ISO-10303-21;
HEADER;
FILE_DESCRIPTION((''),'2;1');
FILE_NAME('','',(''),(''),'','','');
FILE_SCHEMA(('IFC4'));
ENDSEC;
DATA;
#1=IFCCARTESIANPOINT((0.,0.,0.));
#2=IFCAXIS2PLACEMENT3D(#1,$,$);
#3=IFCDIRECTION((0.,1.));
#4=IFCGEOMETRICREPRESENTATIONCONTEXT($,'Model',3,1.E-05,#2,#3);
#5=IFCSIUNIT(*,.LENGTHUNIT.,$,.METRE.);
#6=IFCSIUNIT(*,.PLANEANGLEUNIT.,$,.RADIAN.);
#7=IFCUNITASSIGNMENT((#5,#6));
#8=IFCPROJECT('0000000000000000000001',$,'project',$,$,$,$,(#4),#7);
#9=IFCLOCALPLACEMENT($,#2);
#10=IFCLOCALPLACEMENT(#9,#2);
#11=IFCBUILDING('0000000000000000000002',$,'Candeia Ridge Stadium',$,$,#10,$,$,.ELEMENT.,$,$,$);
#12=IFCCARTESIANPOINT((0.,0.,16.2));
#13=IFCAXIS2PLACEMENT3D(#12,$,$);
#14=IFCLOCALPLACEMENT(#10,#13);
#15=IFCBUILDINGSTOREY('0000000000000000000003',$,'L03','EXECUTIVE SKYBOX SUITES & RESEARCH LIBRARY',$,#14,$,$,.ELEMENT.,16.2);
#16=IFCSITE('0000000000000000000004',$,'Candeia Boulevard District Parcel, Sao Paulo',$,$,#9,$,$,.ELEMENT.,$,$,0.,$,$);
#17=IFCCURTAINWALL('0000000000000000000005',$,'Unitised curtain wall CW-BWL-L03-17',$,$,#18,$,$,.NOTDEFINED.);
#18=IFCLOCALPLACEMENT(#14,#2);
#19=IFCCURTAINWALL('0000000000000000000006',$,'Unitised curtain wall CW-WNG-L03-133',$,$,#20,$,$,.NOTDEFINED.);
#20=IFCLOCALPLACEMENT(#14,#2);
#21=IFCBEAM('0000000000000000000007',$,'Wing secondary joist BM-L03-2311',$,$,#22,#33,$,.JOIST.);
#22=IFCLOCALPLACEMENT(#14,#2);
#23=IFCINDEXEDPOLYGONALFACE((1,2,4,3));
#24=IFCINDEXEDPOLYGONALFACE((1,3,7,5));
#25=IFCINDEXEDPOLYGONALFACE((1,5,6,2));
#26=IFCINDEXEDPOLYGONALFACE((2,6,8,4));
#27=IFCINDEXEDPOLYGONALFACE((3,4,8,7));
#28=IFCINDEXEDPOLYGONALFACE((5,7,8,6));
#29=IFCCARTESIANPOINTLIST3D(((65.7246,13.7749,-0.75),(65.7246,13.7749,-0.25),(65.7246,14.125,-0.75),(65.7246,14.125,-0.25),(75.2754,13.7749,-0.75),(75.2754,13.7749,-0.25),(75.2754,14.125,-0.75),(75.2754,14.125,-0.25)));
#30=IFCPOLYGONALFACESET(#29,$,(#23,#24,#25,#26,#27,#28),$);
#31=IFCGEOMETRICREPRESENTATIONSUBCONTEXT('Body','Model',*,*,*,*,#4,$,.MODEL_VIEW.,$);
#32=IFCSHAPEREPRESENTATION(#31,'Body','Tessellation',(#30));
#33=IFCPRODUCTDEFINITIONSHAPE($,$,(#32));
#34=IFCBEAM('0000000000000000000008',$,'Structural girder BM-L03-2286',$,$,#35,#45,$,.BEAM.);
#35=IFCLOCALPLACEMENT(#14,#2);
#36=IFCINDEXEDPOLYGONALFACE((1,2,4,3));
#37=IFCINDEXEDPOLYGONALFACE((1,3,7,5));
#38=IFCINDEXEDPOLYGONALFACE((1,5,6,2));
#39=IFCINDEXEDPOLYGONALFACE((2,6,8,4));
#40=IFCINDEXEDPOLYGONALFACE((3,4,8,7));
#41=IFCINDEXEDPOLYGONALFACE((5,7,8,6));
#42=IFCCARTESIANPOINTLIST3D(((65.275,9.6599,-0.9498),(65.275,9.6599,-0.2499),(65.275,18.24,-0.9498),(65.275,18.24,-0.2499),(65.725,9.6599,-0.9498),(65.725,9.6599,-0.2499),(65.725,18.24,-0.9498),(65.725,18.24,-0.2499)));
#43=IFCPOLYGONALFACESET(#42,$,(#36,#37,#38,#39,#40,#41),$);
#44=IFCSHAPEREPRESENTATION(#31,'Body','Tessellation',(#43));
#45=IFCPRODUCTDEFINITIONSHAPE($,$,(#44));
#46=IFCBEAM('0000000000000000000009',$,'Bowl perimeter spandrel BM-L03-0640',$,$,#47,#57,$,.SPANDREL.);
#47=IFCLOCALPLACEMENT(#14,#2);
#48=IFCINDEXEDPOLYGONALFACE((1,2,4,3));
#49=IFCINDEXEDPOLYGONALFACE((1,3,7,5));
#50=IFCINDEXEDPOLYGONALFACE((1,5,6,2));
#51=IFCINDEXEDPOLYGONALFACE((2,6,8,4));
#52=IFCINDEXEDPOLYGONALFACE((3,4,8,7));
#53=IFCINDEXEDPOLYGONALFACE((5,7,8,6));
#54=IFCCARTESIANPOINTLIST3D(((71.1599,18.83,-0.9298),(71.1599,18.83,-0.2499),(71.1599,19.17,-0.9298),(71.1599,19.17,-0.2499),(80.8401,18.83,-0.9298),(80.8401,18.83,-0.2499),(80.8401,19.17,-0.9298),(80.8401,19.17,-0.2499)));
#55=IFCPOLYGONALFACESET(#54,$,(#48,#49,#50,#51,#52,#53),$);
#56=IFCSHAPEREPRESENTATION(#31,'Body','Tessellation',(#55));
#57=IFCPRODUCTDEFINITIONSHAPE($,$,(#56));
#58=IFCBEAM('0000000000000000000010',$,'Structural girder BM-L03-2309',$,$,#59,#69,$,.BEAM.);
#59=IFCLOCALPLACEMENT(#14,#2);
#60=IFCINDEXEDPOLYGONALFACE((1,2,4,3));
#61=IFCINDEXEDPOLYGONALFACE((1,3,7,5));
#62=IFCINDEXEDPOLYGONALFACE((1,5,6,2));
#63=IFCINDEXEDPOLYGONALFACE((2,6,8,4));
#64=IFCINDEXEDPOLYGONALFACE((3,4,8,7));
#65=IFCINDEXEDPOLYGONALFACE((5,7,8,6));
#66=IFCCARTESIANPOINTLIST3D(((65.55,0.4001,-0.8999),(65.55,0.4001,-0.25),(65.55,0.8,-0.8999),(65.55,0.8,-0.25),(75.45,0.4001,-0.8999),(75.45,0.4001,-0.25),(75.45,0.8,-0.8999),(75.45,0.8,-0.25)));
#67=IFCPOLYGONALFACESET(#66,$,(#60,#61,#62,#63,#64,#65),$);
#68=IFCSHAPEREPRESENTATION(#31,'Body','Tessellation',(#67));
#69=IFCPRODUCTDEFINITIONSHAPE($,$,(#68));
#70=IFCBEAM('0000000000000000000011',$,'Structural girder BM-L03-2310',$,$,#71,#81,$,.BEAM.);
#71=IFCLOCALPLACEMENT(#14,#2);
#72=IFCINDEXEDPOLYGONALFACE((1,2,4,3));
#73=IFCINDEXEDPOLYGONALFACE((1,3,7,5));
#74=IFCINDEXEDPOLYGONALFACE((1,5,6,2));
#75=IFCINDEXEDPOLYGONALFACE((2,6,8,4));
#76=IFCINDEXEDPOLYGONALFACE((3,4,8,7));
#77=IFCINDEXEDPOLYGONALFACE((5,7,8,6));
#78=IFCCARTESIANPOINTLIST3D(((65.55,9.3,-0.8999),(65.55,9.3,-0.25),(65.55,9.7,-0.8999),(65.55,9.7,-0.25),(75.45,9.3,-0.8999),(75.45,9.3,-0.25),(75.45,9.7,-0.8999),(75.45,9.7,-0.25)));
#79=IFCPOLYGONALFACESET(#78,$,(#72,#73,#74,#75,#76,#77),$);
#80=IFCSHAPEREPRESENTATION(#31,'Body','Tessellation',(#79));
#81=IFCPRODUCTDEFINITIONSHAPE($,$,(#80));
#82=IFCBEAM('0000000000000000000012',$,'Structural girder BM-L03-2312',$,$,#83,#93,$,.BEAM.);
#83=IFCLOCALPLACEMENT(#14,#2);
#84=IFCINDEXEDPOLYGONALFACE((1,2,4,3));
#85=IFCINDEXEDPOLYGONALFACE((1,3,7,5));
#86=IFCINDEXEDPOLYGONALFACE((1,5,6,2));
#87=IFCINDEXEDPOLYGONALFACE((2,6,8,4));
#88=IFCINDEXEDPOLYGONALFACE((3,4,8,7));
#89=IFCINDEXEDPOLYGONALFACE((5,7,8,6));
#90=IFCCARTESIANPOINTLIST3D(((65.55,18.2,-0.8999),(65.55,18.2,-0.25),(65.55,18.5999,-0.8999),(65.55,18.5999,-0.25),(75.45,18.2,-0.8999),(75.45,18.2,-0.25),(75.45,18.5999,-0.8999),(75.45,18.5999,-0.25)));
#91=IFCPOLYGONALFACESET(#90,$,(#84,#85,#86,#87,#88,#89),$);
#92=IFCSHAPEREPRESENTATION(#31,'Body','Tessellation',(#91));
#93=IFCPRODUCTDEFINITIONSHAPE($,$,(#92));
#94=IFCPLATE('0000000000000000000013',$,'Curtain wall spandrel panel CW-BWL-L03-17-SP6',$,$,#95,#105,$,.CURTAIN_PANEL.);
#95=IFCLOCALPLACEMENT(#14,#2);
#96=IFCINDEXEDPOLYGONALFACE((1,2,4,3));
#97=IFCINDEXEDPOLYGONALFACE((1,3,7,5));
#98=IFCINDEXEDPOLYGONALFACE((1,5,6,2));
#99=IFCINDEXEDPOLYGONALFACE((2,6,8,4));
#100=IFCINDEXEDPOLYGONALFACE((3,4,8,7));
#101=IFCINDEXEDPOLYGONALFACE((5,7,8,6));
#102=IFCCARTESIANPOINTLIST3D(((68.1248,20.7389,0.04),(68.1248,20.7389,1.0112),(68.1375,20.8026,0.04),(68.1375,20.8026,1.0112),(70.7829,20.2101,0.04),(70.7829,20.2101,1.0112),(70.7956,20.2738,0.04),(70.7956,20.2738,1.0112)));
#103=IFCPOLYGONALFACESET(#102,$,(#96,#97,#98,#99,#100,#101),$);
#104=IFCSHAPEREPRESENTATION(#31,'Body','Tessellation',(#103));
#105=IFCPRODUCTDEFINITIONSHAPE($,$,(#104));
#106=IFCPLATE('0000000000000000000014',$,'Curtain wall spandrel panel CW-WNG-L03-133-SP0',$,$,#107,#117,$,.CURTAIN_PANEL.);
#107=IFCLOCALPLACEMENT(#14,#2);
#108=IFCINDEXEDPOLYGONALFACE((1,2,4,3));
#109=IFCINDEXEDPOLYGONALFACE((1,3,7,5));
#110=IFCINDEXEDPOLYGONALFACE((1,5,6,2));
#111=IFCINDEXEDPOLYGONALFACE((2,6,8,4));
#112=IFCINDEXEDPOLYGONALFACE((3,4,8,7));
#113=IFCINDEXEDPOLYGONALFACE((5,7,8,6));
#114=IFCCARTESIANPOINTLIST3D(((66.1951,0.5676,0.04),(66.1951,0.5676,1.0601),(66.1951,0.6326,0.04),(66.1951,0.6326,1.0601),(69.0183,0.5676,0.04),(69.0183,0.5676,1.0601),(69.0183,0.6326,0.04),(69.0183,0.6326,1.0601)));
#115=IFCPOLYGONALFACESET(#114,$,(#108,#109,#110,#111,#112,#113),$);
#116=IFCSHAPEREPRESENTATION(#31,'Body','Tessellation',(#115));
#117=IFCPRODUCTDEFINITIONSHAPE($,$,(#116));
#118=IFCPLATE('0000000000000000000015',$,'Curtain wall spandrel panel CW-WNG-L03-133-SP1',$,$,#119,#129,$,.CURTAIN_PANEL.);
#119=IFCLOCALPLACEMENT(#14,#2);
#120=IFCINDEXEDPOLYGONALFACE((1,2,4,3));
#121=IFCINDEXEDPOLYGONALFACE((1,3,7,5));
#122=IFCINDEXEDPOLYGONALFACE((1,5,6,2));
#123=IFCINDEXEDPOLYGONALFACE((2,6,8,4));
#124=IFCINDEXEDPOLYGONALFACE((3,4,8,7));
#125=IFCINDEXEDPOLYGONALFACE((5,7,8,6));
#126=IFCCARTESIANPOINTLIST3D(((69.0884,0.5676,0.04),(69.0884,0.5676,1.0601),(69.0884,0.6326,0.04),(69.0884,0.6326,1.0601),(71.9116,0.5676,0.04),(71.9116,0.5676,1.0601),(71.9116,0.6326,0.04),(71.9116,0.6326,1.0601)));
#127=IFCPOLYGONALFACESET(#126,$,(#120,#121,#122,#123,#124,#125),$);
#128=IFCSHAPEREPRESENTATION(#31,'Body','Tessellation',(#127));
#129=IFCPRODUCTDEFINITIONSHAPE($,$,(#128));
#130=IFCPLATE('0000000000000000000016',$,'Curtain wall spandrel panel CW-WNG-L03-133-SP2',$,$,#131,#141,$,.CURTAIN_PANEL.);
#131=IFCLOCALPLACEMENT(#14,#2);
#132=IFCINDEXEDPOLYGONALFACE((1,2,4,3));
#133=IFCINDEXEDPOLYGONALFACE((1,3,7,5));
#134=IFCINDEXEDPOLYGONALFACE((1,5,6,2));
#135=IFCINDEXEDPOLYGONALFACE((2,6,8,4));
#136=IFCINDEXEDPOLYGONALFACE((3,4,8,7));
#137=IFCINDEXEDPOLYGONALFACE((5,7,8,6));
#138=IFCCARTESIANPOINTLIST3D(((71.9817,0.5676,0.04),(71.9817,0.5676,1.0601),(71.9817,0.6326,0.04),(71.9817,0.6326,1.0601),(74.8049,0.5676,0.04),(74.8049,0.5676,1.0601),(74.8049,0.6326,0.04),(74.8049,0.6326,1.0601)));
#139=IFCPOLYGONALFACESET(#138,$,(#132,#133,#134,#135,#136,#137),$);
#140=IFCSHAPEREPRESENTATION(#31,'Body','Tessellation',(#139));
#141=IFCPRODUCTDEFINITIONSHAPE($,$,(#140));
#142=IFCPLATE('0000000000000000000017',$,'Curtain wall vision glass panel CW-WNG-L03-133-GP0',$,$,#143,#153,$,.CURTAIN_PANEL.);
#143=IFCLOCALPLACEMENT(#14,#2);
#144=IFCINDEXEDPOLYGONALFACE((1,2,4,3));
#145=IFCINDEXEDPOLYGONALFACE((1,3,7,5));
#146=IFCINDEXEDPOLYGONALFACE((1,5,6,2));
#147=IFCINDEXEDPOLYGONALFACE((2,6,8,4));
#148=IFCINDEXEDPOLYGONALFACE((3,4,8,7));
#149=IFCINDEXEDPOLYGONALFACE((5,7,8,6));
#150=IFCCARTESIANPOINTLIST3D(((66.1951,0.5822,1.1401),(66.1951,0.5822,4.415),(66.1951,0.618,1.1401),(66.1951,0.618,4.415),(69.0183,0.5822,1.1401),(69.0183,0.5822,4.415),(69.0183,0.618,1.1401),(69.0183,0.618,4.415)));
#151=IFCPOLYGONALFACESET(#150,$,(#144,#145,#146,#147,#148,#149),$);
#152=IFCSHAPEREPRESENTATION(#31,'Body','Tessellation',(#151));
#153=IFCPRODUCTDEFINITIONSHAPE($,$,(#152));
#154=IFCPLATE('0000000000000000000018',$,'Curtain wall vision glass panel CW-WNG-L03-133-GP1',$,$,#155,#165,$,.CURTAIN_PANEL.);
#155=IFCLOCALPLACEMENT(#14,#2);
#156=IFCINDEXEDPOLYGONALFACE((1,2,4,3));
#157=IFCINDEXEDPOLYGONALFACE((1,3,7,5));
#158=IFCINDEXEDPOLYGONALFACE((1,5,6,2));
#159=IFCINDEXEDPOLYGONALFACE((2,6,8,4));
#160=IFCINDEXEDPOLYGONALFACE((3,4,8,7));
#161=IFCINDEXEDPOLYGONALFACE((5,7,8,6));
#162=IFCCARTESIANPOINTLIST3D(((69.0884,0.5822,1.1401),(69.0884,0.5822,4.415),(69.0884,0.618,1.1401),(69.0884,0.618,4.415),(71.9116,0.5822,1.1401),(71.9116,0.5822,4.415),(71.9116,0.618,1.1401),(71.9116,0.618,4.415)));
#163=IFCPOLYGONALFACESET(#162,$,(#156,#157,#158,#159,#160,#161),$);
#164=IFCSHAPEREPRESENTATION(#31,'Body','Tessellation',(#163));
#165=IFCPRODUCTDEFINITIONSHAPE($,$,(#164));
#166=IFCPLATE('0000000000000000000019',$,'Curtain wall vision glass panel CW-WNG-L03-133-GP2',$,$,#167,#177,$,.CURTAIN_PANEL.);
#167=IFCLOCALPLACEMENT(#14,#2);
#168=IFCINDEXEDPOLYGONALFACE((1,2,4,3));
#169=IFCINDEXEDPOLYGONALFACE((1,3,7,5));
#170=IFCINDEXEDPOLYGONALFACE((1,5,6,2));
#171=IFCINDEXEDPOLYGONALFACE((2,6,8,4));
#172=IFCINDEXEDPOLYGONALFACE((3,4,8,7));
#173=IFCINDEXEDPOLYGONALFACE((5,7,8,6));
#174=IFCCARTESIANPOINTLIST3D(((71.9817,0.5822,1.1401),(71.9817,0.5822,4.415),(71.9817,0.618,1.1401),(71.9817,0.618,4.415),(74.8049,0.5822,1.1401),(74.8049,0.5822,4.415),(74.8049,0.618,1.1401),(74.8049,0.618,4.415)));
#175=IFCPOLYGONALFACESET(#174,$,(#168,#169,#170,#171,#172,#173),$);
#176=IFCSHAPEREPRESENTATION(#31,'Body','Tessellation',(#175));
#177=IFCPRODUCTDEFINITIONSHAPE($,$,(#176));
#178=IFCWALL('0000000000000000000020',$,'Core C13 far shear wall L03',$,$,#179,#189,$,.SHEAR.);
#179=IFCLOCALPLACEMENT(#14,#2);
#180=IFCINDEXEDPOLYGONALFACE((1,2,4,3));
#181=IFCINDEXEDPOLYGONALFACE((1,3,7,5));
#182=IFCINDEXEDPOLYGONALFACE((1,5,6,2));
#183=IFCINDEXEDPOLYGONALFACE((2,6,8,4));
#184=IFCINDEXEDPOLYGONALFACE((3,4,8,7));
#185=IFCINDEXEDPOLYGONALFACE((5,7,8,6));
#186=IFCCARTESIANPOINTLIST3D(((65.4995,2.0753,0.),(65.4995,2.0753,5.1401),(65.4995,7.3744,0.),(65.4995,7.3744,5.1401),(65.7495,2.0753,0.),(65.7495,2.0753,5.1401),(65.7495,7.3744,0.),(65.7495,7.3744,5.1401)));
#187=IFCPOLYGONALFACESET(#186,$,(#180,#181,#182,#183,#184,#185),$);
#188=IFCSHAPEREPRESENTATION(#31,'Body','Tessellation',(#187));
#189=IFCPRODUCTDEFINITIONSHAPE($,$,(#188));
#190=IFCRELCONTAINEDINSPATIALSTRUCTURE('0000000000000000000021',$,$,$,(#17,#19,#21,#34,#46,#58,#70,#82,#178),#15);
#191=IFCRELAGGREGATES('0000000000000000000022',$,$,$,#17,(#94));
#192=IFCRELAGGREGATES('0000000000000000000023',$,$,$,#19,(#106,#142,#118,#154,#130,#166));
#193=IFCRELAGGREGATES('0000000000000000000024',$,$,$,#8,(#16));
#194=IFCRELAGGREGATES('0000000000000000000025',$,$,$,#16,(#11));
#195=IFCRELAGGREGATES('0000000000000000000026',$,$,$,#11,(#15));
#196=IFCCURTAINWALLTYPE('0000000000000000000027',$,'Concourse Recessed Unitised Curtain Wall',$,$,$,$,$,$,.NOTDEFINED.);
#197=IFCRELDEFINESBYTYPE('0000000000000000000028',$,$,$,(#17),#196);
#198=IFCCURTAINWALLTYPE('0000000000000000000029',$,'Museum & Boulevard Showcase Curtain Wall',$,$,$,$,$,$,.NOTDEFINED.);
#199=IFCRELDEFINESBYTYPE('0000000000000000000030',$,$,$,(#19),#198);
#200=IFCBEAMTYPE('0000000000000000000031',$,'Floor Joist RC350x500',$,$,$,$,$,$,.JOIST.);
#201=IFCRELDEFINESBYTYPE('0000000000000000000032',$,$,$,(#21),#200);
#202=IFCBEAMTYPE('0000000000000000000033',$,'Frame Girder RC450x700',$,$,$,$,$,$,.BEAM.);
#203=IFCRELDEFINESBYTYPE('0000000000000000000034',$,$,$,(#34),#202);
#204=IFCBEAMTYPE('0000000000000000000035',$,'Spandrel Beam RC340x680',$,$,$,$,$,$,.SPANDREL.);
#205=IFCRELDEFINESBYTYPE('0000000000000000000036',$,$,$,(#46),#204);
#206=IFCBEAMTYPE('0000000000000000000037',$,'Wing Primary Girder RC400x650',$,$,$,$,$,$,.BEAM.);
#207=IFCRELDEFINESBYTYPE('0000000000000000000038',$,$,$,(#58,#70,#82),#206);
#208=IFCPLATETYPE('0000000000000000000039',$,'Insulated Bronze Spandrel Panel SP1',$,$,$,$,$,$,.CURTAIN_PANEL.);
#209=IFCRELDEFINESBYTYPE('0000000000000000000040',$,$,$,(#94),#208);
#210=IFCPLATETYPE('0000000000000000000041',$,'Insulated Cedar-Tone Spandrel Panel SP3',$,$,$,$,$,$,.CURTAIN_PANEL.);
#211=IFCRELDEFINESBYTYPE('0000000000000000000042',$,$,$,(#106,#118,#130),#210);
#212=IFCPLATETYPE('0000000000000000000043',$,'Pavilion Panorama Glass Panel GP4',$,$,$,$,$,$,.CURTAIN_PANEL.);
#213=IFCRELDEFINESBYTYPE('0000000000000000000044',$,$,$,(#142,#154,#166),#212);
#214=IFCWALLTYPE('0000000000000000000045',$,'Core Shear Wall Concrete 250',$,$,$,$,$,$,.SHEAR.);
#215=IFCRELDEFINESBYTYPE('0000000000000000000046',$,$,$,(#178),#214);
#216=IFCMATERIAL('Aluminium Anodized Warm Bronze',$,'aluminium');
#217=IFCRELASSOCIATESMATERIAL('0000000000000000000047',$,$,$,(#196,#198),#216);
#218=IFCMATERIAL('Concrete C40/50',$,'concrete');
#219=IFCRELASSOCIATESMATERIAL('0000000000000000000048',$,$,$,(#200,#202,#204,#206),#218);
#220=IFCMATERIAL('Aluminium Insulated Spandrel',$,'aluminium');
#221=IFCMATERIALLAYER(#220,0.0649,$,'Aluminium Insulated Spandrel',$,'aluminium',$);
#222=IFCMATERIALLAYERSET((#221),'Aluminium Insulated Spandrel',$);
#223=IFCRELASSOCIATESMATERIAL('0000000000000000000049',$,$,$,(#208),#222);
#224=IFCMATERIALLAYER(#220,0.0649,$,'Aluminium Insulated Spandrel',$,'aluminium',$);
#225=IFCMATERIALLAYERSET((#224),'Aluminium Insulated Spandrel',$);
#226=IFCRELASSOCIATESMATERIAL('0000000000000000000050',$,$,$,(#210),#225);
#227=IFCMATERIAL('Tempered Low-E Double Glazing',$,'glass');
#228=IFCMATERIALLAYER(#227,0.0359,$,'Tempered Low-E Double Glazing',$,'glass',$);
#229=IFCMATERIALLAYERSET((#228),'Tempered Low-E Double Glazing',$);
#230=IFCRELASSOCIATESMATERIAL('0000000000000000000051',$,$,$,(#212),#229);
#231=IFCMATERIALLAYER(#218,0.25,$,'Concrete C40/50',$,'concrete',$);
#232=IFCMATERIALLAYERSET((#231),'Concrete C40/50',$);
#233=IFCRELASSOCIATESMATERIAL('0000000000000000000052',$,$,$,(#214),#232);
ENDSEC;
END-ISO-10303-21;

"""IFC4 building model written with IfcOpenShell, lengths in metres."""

from ifc_helpers import new_model, si_unit, direction, frame, frame_2d, origin, origin_2d, place, context, subcontext, project, spatial, rectangle, extrude, material, layer, layer_set, material_profile, profile_set, type_object, element, aggregate, save


model = new_model("IFC4")

# Units and contexts
model_context = context("Model", 3, precision=1e-05, world=origin(), true_north=direction((0.0, 1.0)))
body_context = subcontext(model_context, "Body", "Model", "MODEL_VIEW")
ifc_project = project(units=[si_unit("LENGTHUNIT", "METRE"), si_unit("PLANEANGLEUNIT", "RADIAN")], contexts=[model_context])

# Site, building, storey
site_placement = place(None, origin())
site = spatial("IfcSite", under=ifc_project, at=site_placement, Name="Candeia Boulevard District Parcel, Sao Paulo", CompositionType="ELEMENT", RefElevation=0.0)
building_placement = place(site_placement, origin())
building = spatial("IfcBuilding", under=site, at=building_placement, Name="Candeia Ridge Stadium", CompositionType="ELEMENT")
storey_placement = place(building_placement, frame((0.0, 0.0, 16.2)))
storey = spatial("IfcBuildingStorey", under=building, at=storey_placement, Name="L03", Description="EXECUTIVE SKYBOX SUITES & RESEARCH LIBRARY", CompositionType="ELEMENT", Elevation=16.2)

# Shared definitions
ifc_material_1 = material(Name="Concrete C40/50", Category="concrete")

# Curtain wall
ifc_material_2 = material(Name="Aluminium Anodized Warm Bronze", Category="aluminium")
curtain_wall_type_1 = type_object("IfcCurtainWallType", Name="Concourse Recessed Unitised Curtain Wall", PredefinedType="NOTDEFINED", material=ifc_material_2)
curtain_wall_1_placement = place(storey_placement, origin())
curtain_wall_1 = element("IfcCurtainWall", 1, at=curtain_wall_1_placement, inside=storey, type_object=curtain_wall_type_1, Name="Unitised curtain wall CW-BWL-L03-17", PredefinedType="NOTDEFINED")

# Curtain wall
curtain_wall_type_2 = type_object("IfcCurtainWallType", Name="Museum & Boulevard Showcase Curtain Wall", PredefinedType="NOTDEFINED", material=ifc_material_2)
curtain_wall_2_placement = place(storey_placement, origin())
curtain_wall_2 = element("IfcCurtainWall", 2, at=curtain_wall_2_placement, inside=storey, type_object=curtain_wall_type_2, Name="Unitised curtain wall CW-WNG-L03-133", PredefinedType="NOTDEFINED")

# Beams
ifc_material_profile_1 = material_profile(ifc_material_1, rectangle(XDim=0.3501, YDim=0.5, at=origin_2d()), Name="RC350x500", Category="concrete")
ifc_profile_set_1 = profile_set([ifc_material_profile_1], Name="Concrete C40/50")
beam_type_1 = type_object("IfcBeamType", Name="Floor Joist RC350x500", PredefinedType="JOIST", material=ifc_profile_set_1)
beam_1_placement = place(storey_placement, frame((65.7246, 13.95, -0.5), z_axis=(1.0, 0.0, 0.0), x_axis=(0.0, 1.0, 0.0)))
element("IfcBeam", 3, at=beam_1_placement, inside=storey, type_object=beam_type_1, Name="Wing secondary joist BM-L03-2311", PredefinedType="JOIST", context=body_context, shape_type="SweptSolid", body=[
    extrude(rectangle(XDim=0.3501, YDim=0.5, at=origin_2d()), origin(), (0.0, 0.0, 1.0), 9.5508),
])
ifc_material_profile_2 = material_profile(ifc_material_1, rectangle(XDim=0.45, YDim=0.7, at=origin_2d()), Name="RC450x700", Category="concrete")
ifc_profile_set_2 = profile_set([ifc_material_profile_2], Name="Concrete C40/50")
beam_type_2 = type_object("IfcBeamType", Name="Frame Girder RC450x700", PredefinedType="BEAM", material=ifc_profile_set_2)
beam_2_placement = place(storey_placement, frame((65.5, 9.6599, -0.5999), z_axis=(0.0, 1.0, 0.0), x_axis=(-1.0, 0.0, 0.0)))
element("IfcBeam", 4, at=beam_2_placement, inside=storey, type_object=beam_type_2, Name="Structural girder BM-L03-2286", PredefinedType="BEAM", context=body_context, shape_type="SweptSolid", body=[
    extrude(rectangle(XDim=0.45, YDim=0.7, at=origin_2d()), origin(), (0.0, 0.0, 1.0), 8.5801),
])
ifc_material_profile_3 = material_profile(ifc_material_1, rectangle(XDim=0.3401, YDim=0.6799, at=origin_2d()), Name="RC340x680", Category="concrete")
ifc_profile_set_3 = profile_set([ifc_material_profile_3], Name="Concrete C40/50")
beam_type_3 = type_object("IfcBeamType", Name="Spandrel Beam RC340x680", PredefinedType="SPANDREL", material=ifc_profile_set_3)
beam_3_placement = place(storey_placement, frame((71.1599, 19.0, -0.5898), z_axis=(1.0, 0.0, 0.0), x_axis=(0.0, 1.0, 0.0)))
element("IfcBeam", 5, at=beam_3_placement, inside=storey, type_object=beam_type_3, Name="Bowl perimeter spandrel BM-L03-0640", PredefinedType="SPANDREL", context=body_context, shape_type="SweptSolid", body=[
    extrude(rectangle(XDim=0.3401, YDim=0.6799, at=origin_2d()), origin(), (0.0, 0.0, 1.0), 9.6802),
])
ifc_material_profile_4 = material_profile(ifc_material_1, rectangle(XDim=0.3999, YDim=0.6499, at=origin_2d()), Name="RC400x650", Category="concrete")
ifc_profile_set_4 = profile_set([ifc_material_profile_4], Name="Concrete C40/50")
beam_type_4 = type_object("IfcBeamType", Name="Wing Primary Girder RC400x650", PredefinedType="BEAM", material=ifc_profile_set_4)
for number, where, z_axis, x_axis, name in (
    (6, (65.55, 0.6001, -0.575), (1.0, 0.0, 0.0), (0.0, 1.0, 0.0), "Structural girder BM-L03-2309"),
    (7, (65.55, 9.5, -0.575), (1.0, 0.0, 0.0), (0.0, 1.0, 0.0), "Structural girder BM-L03-2310"),
    (8, (65.55, 18.3999, -0.575), (1.0, 0.0, 0.0), (0.0, 1.0, 0.0), "Structural girder BM-L03-2312"),
):
    element("IfcBeam", number, at=place(storey_placement, frame(where, z_axis=z_axis, x_axis=x_axis)), inside=storey, type_object=beam_type_4, Name=name, PredefinedType="BEAM", context=body_context, shape_type="SweptSolid", body=[
        extrude(rectangle(XDim=0.3999, YDim=0.6499, at=origin_2d()), origin(), (0.0, 0.0, 1.0), 9.8999),
    ])

# Plates
ifc_material_3 = material(Name="Aluminium Insulated Spandrel", Category="aluminium")
ifc_layer_1 = layer(ifc_material_3, 0.0649, Name="Aluminium Insulated Spandrel", Category="aluminium")
ifc_layer_set_1 = layer_set([ifc_layer_1], Name="Aluminium Insulated Spandrel")
plate_type_1 = type_object("IfcPlateType", Name="Insulated Bronze Spandrel Panel SP1", PredefinedType="CURTAIN_PANEL", material=ifc_layer_set_1)
plate_1_placement = place(storey_placement, frame((69.4602, 20.5063, 0.04), z_axis=(0.0, 0.0, 1.0), x_axis=(0.980785, -0.19509, 0.0)))
plate_1 = element("IfcPlate", 9, at=plate_1_placement, type_object=plate_type_1, Name="Curtain wall spandrel panel CW-BWL-L03-17-SP6", PredefinedType="CURTAIN_PANEL", context=body_context, shape_type="SweptSolid", body=[
    extrude(rectangle(XDim=2.7102, YDim=0.0649, at=origin_2d()), origin(), (0.0, 0.0, 1.0), 0.9712),
])
aggregate(curtain_wall_1, [plate_1])
ifc_layer_2 = layer(ifc_material_3, 0.0649, Name="Aluminium Insulated Spandrel", Category="aluminium")
ifc_layer_set_2 = layer_set([ifc_layer_2], Name="Aluminium Insulated Spandrel")
plate_type_2 = type_object("IfcPlateType", Name="Insulated Cedar-Tone Spandrel Panel SP3", PredefinedType="CURTAIN_PANEL", material=ifc_layer_set_2)
plate_2_placement = place(storey_placement, frame((67.6067, 0.6001, 0.04), z_axis=(0.0, 0.0, 1.0), x_axis=(1.0, 0.0, 0.0)))
plate_2 = element("IfcPlate", 10, at=plate_2_placement, type_object=plate_type_2, Name="Curtain wall spandrel panel CW-WNG-L03-133-SP0", PredefinedType="CURTAIN_PANEL", context=body_context, shape_type="SweptSolid", body=[
    extrude(rectangle(XDim=2.8232, YDim=0.0649, at=origin_2d()), origin(), (0.0, 0.0, 1.0), 1.02),
])
plate_3_placement = place(storey_placement, frame((70.5, 0.6001, 0.04), z_axis=(0.0, 0.0, 1.0), x_axis=(1.0, 0.0, 0.0)))
plate_3 = element("IfcPlate", 11, at=plate_3_placement, type_object=plate_type_2, Name="Curtain wall spandrel panel CW-WNG-L03-133-SP1", PredefinedType="CURTAIN_PANEL", context=body_context, shape_type="SweptSolid", body=[
    extrude(rectangle(XDim=2.8232, YDim=0.0649, at=origin_2d()), origin(), (0.0, 0.0, 1.0), 1.02),
])
plate_4_placement = place(storey_placement, frame((73.3933, 0.6001, 0.04), z_axis=(0.0, 0.0, 1.0), x_axis=(1.0, 0.0, 0.0)))
plate_4 = element("IfcPlate", 12, at=plate_4_placement, type_object=plate_type_2, Name="Curtain wall spandrel panel CW-WNG-L03-133-SP2", PredefinedType="CURTAIN_PANEL", context=body_context, shape_type="SweptSolid", body=[
    extrude(rectangle(XDim=2.8232, YDim=0.0649, at=origin_2d()), origin(), (0.0, 0.0, 1.0), 1.02),
])
ifc_material_4 = material(Name="Tempered Low-E Double Glazing", Category="glass")
ifc_layer_3 = layer(ifc_material_4, 0.0359, Name="Tempered Low-E Double Glazing", Category="glass")
ifc_layer_set_3 = layer_set([ifc_layer_3], Name="Tempered Low-E Double Glazing")
plate_type_3 = type_object("IfcPlateType", Name="Pavilion Panorama Glass Panel GP4", PredefinedType="CURTAIN_PANEL", material=ifc_layer_set_3)
plate_5_placement = place(storey_placement, frame((67.6067, 0.6001, 1.1401), z_axis=(0.0, 0.0, 1.0), x_axis=(1.0, 0.0, 0.0)))
plate_5 = element("IfcPlate", 13, at=plate_5_placement, type_object=plate_type_3, Name="Curtain wall vision glass panel CW-WNG-L03-133-GP0", PredefinedType="CURTAIN_PANEL", context=body_context, shape_type="SweptSolid", body=[
    extrude(rectangle(XDim=2.8232, YDim=0.0359, at=origin_2d()), origin(), (0.0, 0.0, 1.0), 3.2749),
])
plate_6_placement = place(storey_placement, frame((70.5, 0.6001, 1.1401), z_axis=(0.0, 0.0, 1.0), x_axis=(1.0, 0.0, 0.0)))
plate_6 = element("IfcPlate", 14, at=plate_6_placement, type_object=plate_type_3, Name="Curtain wall vision glass panel CW-WNG-L03-133-GP1", PredefinedType="CURTAIN_PANEL", context=body_context, shape_type="SweptSolid", body=[
    extrude(rectangle(XDim=2.8232, YDim=0.0359, at=origin_2d()), origin(), (0.0, 0.0, 1.0), 3.2749),
])
plate_7_placement = place(storey_placement, frame((73.3933, 0.6001, 1.1401), z_axis=(0.0, 0.0, 1.0), x_axis=(1.0, 0.0, 0.0)))
plate_7 = element("IfcPlate", 15, at=plate_7_placement, type_object=plate_type_3, Name="Curtain wall vision glass panel CW-WNG-L03-133-GP2", PredefinedType="CURTAIN_PANEL", context=body_context, shape_type="SweptSolid", body=[
    extrude(rectangle(XDim=2.8232, YDim=0.0359, at=origin_2d()), origin(), (0.0, 0.0, 1.0), 3.2749),
])
aggregate(curtain_wall_2, [plate_2, plate_5, plate_3, plate_6, plate_4, plate_7])

# Wall
ifc_layer_4 = layer(ifc_material_1, 0.25, Name="Concrete C40/50", Category="concrete")
ifc_layer_set_4 = layer_set([ifc_layer_4], Name="Concrete C40/50")
wall_type = type_object("IfcWallType", Name="Core Shear Wall Concrete 250", PredefinedType="SHEAR", material=ifc_layer_set_4)
wall_1_placement = place(storey_placement, frame((65.6245, 2.0754, 0.0), z_axis=(0.0, 0.0, 1.0), x_axis=(0.0, 1.0, 0.0)))
element("IfcWall", 16, at=wall_1_placement, inside=storey, type_object=wall_type, Name="Core C13 far shear wall L03", PredefinedType="SHEAR", context=body_context, shape_type="SweptSolid", body=[
    extrude(rectangle(XDim=5.2991, YDim=0.25, at=frame_2d((2.6494, 0.0))), origin(), (0.0, 0.0, 1.0), 5.1401),
])

save(model, "model.ifc")
